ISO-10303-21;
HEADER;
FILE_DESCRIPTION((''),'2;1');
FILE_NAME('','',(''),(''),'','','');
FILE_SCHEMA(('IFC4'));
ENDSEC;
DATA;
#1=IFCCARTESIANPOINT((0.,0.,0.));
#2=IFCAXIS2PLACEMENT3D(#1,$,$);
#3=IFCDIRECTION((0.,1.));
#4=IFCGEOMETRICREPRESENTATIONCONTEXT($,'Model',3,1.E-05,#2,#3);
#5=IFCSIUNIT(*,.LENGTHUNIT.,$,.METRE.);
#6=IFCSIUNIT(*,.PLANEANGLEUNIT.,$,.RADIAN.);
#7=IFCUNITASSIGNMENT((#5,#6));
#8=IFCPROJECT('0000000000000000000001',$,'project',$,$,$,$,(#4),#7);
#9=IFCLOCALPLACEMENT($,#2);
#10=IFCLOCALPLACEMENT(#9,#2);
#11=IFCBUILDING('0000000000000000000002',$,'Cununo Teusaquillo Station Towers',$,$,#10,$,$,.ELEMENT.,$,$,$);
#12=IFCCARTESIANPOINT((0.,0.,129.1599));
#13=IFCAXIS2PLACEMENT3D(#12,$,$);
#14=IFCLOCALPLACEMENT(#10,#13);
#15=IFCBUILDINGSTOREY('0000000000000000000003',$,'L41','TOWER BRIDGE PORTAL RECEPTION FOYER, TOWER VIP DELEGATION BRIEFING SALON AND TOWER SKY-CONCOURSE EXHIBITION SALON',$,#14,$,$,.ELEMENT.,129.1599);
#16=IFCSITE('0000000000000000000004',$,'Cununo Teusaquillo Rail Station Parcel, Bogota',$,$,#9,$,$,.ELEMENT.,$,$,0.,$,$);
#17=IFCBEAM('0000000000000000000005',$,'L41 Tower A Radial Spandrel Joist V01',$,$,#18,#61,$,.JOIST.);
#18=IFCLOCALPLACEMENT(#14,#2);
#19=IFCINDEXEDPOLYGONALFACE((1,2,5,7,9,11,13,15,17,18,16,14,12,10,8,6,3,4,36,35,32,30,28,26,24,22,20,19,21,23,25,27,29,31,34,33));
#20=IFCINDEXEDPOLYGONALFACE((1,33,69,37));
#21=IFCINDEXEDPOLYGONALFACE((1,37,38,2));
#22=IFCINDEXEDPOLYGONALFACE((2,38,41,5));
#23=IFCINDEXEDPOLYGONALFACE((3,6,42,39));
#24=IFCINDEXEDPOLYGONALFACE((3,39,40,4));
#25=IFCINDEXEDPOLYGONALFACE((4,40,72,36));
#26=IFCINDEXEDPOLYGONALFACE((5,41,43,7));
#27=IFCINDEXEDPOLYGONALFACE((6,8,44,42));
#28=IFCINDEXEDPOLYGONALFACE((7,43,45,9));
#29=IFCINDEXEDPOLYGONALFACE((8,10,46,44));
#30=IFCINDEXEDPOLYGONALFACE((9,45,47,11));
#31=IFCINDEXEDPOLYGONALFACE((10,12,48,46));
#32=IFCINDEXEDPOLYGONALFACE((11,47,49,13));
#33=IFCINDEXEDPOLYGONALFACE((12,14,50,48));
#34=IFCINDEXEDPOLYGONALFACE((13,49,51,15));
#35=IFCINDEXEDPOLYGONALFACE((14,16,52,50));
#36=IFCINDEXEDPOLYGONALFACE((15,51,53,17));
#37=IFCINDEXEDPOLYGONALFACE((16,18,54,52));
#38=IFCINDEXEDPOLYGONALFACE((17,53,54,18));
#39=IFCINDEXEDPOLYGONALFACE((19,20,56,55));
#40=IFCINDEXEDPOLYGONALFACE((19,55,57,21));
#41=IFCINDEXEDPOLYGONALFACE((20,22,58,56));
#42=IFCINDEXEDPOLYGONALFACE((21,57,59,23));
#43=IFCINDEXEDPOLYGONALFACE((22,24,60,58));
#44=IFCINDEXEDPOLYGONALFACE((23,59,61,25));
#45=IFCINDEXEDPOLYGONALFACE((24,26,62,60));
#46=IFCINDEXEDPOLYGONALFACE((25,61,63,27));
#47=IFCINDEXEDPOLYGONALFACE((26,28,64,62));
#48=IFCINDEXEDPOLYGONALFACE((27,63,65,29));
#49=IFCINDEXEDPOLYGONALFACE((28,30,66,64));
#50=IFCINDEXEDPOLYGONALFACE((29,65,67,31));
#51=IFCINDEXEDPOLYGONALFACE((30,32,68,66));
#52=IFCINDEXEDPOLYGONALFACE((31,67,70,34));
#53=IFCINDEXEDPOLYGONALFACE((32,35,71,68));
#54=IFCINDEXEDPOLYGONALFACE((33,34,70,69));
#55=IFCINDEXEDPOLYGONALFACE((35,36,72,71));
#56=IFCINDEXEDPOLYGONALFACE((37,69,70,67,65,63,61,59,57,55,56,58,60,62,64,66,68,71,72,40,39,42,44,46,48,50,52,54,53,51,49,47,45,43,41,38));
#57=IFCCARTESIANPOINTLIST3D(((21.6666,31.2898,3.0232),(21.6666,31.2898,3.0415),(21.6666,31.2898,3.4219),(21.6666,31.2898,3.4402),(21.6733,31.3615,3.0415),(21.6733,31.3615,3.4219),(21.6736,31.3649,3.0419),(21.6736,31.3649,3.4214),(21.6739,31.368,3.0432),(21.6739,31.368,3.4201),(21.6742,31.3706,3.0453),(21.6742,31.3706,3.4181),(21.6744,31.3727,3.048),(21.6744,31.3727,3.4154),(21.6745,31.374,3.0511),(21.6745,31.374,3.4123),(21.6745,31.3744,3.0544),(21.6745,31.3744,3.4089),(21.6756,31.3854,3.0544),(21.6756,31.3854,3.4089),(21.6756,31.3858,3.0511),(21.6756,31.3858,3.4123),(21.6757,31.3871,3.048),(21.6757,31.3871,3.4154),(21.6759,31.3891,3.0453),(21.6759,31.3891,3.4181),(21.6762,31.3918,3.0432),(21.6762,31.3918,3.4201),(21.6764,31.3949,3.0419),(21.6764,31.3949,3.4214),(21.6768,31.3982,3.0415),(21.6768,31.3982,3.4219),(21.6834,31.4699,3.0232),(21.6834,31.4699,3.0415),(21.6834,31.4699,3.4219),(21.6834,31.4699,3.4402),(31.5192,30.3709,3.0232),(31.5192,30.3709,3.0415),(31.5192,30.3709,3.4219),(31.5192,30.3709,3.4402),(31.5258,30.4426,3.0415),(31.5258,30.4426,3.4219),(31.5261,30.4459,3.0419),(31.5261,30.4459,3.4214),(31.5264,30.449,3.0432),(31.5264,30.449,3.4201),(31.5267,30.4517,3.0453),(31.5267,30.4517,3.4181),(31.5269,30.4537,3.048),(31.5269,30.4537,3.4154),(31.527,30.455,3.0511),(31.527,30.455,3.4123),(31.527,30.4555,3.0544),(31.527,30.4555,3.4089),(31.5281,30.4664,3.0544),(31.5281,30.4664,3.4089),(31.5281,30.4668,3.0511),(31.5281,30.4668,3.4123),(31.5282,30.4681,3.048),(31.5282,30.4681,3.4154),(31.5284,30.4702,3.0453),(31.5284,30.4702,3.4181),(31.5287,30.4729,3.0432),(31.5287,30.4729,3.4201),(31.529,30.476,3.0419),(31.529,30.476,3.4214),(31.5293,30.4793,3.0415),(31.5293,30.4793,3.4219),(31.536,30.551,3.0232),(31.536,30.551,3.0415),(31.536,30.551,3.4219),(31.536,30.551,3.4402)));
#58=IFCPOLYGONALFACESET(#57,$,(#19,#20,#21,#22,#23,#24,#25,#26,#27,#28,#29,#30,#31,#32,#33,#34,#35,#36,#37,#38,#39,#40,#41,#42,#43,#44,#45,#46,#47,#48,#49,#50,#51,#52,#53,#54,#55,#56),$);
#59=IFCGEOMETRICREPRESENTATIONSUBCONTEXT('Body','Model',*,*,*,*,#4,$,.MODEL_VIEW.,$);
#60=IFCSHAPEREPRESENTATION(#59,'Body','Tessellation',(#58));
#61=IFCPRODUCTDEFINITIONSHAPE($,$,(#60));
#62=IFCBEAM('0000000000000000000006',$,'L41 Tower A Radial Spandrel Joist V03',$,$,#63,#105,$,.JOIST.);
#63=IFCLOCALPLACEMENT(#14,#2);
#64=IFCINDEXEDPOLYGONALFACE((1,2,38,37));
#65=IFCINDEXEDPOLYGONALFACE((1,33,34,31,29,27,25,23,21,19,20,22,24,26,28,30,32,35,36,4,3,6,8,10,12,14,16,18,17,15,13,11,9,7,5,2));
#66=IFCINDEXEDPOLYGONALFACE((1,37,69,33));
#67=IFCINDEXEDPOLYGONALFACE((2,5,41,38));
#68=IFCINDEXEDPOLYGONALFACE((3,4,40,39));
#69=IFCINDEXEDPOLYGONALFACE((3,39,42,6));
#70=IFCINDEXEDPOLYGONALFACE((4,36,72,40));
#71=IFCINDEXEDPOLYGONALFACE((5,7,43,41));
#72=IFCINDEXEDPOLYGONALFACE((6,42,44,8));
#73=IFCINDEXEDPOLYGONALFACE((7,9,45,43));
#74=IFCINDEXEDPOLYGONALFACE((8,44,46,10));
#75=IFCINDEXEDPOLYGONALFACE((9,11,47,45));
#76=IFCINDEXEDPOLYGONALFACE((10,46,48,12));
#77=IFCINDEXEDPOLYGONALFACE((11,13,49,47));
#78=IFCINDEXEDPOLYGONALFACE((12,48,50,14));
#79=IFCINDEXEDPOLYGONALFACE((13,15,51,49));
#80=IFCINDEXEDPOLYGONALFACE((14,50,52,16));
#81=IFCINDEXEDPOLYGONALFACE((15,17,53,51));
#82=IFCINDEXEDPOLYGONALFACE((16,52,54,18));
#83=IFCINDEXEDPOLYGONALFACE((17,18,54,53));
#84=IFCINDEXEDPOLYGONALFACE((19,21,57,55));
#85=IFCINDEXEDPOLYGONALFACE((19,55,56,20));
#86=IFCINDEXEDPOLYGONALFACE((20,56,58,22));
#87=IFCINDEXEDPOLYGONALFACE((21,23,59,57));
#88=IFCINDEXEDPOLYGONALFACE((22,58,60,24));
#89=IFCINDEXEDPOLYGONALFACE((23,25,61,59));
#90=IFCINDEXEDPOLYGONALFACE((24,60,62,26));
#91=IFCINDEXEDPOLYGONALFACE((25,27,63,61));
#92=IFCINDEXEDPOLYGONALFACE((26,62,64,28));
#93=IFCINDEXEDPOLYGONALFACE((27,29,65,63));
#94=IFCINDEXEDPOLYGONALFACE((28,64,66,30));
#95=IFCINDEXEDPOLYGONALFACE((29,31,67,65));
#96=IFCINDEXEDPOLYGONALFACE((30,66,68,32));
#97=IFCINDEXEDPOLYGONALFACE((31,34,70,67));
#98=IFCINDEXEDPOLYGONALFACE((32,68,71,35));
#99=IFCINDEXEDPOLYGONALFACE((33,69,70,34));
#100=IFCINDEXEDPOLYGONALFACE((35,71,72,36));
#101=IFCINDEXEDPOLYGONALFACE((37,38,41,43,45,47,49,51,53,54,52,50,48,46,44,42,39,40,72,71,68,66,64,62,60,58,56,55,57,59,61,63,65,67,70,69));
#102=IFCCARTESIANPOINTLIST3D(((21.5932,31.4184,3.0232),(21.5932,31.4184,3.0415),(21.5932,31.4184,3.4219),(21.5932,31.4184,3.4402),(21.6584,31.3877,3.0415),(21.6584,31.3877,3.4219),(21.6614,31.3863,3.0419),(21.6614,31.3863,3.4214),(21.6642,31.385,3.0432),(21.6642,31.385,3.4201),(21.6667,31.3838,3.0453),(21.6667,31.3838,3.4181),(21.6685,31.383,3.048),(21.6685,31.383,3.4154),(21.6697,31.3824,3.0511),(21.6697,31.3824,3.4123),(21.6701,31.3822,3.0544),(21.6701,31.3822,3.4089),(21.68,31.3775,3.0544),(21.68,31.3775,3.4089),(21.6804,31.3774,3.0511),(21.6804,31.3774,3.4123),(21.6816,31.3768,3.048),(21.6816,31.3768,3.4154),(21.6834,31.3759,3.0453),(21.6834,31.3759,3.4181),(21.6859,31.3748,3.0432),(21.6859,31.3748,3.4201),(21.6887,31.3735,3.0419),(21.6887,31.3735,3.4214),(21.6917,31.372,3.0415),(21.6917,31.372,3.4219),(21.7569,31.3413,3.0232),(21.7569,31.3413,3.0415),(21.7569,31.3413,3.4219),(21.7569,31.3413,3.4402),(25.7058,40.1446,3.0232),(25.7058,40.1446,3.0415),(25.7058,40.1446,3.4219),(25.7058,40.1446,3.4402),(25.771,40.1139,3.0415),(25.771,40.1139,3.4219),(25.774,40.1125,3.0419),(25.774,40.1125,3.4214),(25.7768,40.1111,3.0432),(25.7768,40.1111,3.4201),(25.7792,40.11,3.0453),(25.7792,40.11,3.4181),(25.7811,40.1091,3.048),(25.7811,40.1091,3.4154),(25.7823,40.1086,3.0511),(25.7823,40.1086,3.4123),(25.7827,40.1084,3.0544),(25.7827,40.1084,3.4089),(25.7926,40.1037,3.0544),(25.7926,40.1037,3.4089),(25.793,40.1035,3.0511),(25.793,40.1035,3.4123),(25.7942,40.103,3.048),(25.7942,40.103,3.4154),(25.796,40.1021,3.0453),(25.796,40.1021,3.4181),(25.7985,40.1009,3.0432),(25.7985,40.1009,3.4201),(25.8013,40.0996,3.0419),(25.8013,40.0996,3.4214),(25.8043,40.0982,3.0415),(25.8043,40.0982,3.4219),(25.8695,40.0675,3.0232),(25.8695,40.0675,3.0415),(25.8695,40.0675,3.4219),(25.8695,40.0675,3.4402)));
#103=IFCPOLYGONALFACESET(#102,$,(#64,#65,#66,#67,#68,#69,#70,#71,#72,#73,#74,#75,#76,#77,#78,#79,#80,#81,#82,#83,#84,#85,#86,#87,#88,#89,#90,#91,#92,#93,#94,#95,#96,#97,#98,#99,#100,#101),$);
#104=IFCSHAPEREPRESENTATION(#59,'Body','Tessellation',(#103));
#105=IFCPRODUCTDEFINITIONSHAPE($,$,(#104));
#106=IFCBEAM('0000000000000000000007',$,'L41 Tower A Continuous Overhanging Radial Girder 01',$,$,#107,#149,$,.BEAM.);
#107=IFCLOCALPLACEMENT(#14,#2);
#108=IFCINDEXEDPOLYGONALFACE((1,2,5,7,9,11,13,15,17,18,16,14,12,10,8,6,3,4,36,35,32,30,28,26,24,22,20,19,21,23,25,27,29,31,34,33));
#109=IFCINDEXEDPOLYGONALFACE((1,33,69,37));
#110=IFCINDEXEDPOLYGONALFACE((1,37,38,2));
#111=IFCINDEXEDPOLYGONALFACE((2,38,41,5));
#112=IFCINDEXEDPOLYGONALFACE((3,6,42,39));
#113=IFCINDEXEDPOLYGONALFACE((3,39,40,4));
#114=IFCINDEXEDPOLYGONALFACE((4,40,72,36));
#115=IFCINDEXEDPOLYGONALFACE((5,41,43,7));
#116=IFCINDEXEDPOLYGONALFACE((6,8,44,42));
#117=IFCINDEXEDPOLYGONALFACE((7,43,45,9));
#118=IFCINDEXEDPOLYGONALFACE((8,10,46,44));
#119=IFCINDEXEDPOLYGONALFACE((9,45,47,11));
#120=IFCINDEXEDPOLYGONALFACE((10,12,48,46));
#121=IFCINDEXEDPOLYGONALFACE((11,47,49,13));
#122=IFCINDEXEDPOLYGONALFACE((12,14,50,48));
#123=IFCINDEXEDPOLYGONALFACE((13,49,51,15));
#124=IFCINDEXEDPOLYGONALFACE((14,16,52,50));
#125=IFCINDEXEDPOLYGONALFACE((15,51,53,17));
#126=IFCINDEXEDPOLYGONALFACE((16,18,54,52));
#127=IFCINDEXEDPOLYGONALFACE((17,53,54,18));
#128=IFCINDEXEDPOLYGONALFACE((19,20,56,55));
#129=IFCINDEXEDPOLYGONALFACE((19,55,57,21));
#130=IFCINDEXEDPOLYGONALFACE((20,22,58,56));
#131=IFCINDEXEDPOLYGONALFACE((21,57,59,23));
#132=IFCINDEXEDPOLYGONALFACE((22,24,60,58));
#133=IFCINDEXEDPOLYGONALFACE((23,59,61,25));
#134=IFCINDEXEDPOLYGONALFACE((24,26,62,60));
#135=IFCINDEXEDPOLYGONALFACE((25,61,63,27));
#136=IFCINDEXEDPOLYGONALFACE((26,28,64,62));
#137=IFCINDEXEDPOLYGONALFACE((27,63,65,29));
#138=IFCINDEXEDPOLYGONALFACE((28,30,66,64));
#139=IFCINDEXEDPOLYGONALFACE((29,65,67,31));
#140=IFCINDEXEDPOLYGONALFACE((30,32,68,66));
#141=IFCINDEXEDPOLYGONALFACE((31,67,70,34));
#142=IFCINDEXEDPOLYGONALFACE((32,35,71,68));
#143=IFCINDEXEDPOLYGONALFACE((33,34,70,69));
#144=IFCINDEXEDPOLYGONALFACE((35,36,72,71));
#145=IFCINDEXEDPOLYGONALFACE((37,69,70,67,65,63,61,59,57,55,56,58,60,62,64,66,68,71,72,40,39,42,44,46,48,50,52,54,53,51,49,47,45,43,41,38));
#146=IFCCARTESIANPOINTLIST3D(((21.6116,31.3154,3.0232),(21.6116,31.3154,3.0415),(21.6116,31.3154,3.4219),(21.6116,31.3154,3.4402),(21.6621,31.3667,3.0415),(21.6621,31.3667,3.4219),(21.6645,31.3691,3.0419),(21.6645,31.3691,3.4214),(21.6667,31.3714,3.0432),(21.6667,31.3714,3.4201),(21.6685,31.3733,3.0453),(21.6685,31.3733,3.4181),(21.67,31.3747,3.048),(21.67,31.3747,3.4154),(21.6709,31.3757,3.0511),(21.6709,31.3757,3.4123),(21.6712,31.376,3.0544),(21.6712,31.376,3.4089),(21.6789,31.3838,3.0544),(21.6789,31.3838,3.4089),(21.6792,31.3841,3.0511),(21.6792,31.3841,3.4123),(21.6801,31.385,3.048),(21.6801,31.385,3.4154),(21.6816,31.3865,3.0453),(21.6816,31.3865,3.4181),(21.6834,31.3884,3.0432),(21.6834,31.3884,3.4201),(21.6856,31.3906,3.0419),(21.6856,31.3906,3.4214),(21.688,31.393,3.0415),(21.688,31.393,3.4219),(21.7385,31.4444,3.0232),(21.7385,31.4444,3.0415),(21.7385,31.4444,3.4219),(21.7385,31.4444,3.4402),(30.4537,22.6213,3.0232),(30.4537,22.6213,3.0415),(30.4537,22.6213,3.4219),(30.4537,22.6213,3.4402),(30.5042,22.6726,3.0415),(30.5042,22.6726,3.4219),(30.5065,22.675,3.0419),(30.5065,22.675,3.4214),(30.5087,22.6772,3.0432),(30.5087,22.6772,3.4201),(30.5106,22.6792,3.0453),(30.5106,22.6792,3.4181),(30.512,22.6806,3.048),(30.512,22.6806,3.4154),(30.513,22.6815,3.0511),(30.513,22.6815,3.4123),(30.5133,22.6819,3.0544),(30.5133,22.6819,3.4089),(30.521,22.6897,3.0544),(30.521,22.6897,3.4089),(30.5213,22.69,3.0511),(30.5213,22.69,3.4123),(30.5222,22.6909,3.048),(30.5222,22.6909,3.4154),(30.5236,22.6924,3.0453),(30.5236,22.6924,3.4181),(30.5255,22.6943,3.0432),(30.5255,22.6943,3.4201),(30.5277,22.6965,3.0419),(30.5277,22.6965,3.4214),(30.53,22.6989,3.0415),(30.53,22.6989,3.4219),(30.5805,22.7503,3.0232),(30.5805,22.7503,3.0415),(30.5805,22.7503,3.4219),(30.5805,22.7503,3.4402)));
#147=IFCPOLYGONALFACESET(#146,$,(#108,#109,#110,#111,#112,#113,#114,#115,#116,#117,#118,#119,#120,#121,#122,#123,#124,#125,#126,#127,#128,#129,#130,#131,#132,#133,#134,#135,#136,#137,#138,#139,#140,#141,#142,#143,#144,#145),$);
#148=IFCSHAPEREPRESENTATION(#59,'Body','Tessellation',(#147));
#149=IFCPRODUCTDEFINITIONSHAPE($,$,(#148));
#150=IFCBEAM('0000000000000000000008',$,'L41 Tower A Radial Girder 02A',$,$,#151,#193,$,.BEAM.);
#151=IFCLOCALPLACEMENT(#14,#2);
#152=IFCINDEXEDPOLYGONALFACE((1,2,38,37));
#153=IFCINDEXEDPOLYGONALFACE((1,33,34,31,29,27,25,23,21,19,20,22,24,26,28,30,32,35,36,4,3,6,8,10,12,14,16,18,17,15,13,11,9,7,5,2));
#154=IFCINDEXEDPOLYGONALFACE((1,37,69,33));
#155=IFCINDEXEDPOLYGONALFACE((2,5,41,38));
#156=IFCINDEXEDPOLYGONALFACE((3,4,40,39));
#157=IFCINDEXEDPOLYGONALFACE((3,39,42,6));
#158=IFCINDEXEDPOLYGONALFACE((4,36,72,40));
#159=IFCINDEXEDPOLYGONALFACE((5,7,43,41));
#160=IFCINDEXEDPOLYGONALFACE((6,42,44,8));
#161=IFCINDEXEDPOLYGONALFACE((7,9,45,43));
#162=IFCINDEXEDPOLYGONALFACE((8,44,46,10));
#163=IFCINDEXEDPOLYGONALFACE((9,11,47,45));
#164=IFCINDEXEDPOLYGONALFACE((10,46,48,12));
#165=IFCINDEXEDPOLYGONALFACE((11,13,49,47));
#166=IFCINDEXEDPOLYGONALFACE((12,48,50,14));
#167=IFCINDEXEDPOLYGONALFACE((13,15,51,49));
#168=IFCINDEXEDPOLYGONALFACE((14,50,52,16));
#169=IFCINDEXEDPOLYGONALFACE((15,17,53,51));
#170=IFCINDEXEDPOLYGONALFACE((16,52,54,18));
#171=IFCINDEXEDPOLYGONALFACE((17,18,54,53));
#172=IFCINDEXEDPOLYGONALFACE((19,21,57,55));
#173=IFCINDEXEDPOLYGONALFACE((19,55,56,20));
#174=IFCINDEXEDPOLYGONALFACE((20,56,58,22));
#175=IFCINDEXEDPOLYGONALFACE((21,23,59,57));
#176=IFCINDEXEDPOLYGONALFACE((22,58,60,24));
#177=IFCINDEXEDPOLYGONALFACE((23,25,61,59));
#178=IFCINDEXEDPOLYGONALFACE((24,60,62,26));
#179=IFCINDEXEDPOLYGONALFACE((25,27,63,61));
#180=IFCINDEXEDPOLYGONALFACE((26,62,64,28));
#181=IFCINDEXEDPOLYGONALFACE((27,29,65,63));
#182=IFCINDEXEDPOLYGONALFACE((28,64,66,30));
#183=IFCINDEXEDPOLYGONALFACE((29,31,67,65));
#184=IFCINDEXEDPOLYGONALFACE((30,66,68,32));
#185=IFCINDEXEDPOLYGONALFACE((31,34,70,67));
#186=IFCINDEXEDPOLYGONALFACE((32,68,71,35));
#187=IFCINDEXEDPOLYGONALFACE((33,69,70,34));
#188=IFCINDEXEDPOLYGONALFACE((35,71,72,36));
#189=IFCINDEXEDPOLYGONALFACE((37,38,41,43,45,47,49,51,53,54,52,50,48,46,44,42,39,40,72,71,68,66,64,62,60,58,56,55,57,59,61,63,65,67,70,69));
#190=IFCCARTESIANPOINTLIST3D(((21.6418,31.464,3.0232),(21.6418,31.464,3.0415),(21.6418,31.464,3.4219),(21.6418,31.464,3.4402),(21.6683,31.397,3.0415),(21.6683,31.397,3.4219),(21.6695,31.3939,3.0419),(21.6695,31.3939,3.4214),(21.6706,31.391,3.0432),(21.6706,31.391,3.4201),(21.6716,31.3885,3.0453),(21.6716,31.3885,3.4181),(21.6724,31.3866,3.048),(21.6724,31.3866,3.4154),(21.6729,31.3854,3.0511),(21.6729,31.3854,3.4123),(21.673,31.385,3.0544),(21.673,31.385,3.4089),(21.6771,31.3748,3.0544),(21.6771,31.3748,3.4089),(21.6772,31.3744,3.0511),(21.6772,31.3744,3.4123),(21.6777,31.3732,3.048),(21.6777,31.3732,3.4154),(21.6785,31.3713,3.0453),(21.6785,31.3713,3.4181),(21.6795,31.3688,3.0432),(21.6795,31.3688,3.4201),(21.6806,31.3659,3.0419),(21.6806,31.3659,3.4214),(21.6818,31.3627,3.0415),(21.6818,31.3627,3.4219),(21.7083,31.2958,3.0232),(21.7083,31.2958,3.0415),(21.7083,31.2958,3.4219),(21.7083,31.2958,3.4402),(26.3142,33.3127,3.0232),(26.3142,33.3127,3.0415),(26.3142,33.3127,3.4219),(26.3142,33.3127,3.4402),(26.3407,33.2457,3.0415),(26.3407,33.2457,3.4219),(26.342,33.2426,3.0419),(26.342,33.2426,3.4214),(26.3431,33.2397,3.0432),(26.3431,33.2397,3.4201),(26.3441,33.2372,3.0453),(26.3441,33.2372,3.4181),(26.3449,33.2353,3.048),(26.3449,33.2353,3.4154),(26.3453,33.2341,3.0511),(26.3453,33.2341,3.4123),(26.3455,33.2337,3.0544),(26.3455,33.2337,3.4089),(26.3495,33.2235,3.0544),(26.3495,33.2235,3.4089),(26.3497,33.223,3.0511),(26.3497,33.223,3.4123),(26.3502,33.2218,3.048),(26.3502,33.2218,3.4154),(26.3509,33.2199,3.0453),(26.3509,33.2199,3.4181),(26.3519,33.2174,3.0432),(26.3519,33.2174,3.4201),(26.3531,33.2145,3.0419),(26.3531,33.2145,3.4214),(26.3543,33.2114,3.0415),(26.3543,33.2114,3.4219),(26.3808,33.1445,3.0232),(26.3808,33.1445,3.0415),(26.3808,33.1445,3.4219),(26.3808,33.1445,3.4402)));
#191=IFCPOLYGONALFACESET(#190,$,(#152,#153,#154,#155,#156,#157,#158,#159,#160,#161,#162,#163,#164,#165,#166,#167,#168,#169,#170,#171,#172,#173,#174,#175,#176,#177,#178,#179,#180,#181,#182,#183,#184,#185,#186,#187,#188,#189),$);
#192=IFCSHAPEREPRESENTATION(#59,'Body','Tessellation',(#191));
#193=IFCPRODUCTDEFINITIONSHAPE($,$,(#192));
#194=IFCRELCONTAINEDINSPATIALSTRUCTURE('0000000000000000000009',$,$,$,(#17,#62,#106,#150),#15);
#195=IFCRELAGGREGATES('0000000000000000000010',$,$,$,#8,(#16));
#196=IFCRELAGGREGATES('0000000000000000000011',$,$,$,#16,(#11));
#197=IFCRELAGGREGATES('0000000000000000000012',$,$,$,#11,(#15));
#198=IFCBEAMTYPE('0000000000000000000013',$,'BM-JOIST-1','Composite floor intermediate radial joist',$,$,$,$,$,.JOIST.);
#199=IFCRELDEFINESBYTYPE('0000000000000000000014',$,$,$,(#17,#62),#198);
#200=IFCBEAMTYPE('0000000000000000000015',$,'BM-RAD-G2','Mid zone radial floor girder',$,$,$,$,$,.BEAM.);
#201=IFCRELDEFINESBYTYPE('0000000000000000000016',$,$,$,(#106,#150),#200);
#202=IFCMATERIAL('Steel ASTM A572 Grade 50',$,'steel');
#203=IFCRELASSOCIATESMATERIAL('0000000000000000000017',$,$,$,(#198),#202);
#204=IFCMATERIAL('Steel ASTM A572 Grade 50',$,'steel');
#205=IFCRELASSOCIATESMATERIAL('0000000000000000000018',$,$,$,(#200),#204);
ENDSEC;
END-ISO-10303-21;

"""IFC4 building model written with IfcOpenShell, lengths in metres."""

from ifc_helpers import new_model, si_unit, direction, frame, origin, origin_2d, place, context, subcontext, project, spatial, i_section, extrude, material, material_profile, profile_set, type_object, element, save


model = new_model("IFC4")

# Units and contexts
model_context = context("Model", 3, precision=1e-05, world=origin(), true_north=direction((0.0, 1.0)))
body_context = subcontext(model_context, "Body", "Model", "MODEL_VIEW")
ifc_project = project(units=[si_unit("LENGTHUNIT", "METRE"), si_unit("PLANEANGLEUNIT", "RADIAN")], contexts=[model_context])

# Site, building, storey
site_placement = place(None, origin())
site = spatial("IfcSite", under=ifc_project, at=site_placement, Name="Cununo Teusaquillo Rail Station Parcel, Bogota", CompositionType="ELEMENT", RefElevation=0.0)
building_placement = place(site_placement, origin())
building = spatial("IfcBuilding", under=site, at=building_placement, Name="Cununo Teusaquillo Station Towers", CompositionType="ELEMENT")
storey_placement = place(building_placement, frame((0.0, 0.0, 129.1599)))
storey = spatial("IfcBuildingStorey", under=building, at=storey_placement, Name="L41", Description="TOWER BRIDGE PORTAL RECEPTION FOYER, TOWER VIP DELEGATION BRIEFING SALON AND TOWER SKY-CONCOURSE EXHIBITION SALON", CompositionType="ELEMENT", Elevation=129.1599)

# Beams
ifc_material_1 = material(Name="Steel ASTM A572 Grade 50", Category="steel")
ifc_material_profile_1 = material_profile(ifc_material_1, i_section(OverallWidth=0.1809, OverallDepth=0.417, WebThickness=0.011, FlangeThickness=0.0183, FilletRadius=0.0129, at=origin_2d()), Name="W16X57")
ifc_profile_set_1 = profile_set([ifc_material_profile_1], Name="Steel ASTM A572 Grade 50")
beam_type_1 = type_object("IfcBeamType", Name="BM-JOIST-1", Description="Composite floor intermediate radial joist", PredefinedType="JOIST", material=ifc_profile_set_1)
beam_1_placement = place(storey_placement, frame((21.675, 31.3799, 3.2317), z_axis=(0.995679, -0.092867, 0.0), x_axis=(0.092867, 0.995679, 0.0)))
element("IfcBeam", 1, at=beam_1_placement, inside=storey, type_object=beam_type_1, Name="L41 Tower A Radial Spandrel Joist V01", PredefinedType="JOIST", context=body_context, shape_type="SweptSolid", body=[
    extrude(i_section(OverallWidth=0.1809, OverallDepth=0.417, WebThickness=0.011, FlangeThickness=0.0183, FilletRadius=0.0129, at=origin_2d()), origin(), (0.0, 0.0, 1.0), 9.8953),
])
beam_2_placement = place(storey_placement, frame((21.675, 31.3799, 3.2317), z_axis=(0.42632, 0.904572, 0.0), x_axis=(-0.904572, 0.42632, 0.0)))
element("IfcBeam", 2, at=beam_2_placement, inside=storey, type_object=beam_type_1, Name="L41 Tower A Radial Spandrel Joist V03", PredefinedType="JOIST", context=body_context, shape_type="SweptSolid", body=[
    extrude(i_section(OverallWidth=0.1809, OverallDepth=0.417, WebThickness=0.011, FlangeThickness=0.0183, FilletRadius=0.0129, at=origin_2d()), origin(), (0.0, 0.0, 1.0), 9.6467),
])
ifc_material_2 = material(Name="Steel ASTM A572 Grade 50", Category="steel")
ifc_material_profile_2 = material_profile(ifc_material_2, i_section(OverallWidth=0.1809, OverallDepth=0.417, WebThickness=0.011, FlangeThickness=0.0183, FilletRadius=0.0129, at=origin_2d()), Name="W16X57")
ifc_profile_set_2 = profile_set([ifc_material_profile_2], Name="Steel ASTM A572 Grade 50")
beam_type_2 = type_object("IfcBeamType", Name="BM-RAD-G2", Description="Mid zone radial floor girder", PredefinedType="BEAM", material=ifc_profile_set_2)
beam_3_placement = place(storey_placement, frame((21.675, 31.3799, 3.2317), z_axis=(0.713047, -0.701116, 0.0), x_axis=(0.701116, 0.713047, 0.0)))
element("IfcBeam", 3, at=beam_3_placement, inside=storey, type_object=beam_type_2, Name="L41 Tower A Continuous Overhanging Radial Girder 01", PredefinedType="BEAM", context=body_context, shape_type="SweptSolid", body=[
    extrude(i_section(OverallWidth=0.1809, OverallDepth=0.417, WebThickness=0.011, FlangeThickness=0.0183, FilletRadius=0.0129, at=origin_2d()), origin(), (0.0, 0.0, 1.0), 12.4004),
])
beam_4_placement = place(storey_placement, frame((21.675, 31.3799, 3.2317), z_axis=(0.929864, 0.367903, 0.0), x_axis=(-0.367903, 0.929864, 0.0)))
element("IfcBeam", 4, at=beam_4_placement, inside=storey, type_object=beam_type_2, Name="L41 Tower A Radial Girder 02A", PredefinedType="BEAM", context=body_context, shape_type="SweptSolid", body=[
    extrude(i_section(OverallWidth=0.1809, OverallDepth=0.417, WebThickness=0.011, FlangeThickness=0.0183, FilletRadius=0.0129, at=origin_2d()), origin(), (0.0, 0.0, 1.0), 5.0249),
])

save(model, "model.ifc")
